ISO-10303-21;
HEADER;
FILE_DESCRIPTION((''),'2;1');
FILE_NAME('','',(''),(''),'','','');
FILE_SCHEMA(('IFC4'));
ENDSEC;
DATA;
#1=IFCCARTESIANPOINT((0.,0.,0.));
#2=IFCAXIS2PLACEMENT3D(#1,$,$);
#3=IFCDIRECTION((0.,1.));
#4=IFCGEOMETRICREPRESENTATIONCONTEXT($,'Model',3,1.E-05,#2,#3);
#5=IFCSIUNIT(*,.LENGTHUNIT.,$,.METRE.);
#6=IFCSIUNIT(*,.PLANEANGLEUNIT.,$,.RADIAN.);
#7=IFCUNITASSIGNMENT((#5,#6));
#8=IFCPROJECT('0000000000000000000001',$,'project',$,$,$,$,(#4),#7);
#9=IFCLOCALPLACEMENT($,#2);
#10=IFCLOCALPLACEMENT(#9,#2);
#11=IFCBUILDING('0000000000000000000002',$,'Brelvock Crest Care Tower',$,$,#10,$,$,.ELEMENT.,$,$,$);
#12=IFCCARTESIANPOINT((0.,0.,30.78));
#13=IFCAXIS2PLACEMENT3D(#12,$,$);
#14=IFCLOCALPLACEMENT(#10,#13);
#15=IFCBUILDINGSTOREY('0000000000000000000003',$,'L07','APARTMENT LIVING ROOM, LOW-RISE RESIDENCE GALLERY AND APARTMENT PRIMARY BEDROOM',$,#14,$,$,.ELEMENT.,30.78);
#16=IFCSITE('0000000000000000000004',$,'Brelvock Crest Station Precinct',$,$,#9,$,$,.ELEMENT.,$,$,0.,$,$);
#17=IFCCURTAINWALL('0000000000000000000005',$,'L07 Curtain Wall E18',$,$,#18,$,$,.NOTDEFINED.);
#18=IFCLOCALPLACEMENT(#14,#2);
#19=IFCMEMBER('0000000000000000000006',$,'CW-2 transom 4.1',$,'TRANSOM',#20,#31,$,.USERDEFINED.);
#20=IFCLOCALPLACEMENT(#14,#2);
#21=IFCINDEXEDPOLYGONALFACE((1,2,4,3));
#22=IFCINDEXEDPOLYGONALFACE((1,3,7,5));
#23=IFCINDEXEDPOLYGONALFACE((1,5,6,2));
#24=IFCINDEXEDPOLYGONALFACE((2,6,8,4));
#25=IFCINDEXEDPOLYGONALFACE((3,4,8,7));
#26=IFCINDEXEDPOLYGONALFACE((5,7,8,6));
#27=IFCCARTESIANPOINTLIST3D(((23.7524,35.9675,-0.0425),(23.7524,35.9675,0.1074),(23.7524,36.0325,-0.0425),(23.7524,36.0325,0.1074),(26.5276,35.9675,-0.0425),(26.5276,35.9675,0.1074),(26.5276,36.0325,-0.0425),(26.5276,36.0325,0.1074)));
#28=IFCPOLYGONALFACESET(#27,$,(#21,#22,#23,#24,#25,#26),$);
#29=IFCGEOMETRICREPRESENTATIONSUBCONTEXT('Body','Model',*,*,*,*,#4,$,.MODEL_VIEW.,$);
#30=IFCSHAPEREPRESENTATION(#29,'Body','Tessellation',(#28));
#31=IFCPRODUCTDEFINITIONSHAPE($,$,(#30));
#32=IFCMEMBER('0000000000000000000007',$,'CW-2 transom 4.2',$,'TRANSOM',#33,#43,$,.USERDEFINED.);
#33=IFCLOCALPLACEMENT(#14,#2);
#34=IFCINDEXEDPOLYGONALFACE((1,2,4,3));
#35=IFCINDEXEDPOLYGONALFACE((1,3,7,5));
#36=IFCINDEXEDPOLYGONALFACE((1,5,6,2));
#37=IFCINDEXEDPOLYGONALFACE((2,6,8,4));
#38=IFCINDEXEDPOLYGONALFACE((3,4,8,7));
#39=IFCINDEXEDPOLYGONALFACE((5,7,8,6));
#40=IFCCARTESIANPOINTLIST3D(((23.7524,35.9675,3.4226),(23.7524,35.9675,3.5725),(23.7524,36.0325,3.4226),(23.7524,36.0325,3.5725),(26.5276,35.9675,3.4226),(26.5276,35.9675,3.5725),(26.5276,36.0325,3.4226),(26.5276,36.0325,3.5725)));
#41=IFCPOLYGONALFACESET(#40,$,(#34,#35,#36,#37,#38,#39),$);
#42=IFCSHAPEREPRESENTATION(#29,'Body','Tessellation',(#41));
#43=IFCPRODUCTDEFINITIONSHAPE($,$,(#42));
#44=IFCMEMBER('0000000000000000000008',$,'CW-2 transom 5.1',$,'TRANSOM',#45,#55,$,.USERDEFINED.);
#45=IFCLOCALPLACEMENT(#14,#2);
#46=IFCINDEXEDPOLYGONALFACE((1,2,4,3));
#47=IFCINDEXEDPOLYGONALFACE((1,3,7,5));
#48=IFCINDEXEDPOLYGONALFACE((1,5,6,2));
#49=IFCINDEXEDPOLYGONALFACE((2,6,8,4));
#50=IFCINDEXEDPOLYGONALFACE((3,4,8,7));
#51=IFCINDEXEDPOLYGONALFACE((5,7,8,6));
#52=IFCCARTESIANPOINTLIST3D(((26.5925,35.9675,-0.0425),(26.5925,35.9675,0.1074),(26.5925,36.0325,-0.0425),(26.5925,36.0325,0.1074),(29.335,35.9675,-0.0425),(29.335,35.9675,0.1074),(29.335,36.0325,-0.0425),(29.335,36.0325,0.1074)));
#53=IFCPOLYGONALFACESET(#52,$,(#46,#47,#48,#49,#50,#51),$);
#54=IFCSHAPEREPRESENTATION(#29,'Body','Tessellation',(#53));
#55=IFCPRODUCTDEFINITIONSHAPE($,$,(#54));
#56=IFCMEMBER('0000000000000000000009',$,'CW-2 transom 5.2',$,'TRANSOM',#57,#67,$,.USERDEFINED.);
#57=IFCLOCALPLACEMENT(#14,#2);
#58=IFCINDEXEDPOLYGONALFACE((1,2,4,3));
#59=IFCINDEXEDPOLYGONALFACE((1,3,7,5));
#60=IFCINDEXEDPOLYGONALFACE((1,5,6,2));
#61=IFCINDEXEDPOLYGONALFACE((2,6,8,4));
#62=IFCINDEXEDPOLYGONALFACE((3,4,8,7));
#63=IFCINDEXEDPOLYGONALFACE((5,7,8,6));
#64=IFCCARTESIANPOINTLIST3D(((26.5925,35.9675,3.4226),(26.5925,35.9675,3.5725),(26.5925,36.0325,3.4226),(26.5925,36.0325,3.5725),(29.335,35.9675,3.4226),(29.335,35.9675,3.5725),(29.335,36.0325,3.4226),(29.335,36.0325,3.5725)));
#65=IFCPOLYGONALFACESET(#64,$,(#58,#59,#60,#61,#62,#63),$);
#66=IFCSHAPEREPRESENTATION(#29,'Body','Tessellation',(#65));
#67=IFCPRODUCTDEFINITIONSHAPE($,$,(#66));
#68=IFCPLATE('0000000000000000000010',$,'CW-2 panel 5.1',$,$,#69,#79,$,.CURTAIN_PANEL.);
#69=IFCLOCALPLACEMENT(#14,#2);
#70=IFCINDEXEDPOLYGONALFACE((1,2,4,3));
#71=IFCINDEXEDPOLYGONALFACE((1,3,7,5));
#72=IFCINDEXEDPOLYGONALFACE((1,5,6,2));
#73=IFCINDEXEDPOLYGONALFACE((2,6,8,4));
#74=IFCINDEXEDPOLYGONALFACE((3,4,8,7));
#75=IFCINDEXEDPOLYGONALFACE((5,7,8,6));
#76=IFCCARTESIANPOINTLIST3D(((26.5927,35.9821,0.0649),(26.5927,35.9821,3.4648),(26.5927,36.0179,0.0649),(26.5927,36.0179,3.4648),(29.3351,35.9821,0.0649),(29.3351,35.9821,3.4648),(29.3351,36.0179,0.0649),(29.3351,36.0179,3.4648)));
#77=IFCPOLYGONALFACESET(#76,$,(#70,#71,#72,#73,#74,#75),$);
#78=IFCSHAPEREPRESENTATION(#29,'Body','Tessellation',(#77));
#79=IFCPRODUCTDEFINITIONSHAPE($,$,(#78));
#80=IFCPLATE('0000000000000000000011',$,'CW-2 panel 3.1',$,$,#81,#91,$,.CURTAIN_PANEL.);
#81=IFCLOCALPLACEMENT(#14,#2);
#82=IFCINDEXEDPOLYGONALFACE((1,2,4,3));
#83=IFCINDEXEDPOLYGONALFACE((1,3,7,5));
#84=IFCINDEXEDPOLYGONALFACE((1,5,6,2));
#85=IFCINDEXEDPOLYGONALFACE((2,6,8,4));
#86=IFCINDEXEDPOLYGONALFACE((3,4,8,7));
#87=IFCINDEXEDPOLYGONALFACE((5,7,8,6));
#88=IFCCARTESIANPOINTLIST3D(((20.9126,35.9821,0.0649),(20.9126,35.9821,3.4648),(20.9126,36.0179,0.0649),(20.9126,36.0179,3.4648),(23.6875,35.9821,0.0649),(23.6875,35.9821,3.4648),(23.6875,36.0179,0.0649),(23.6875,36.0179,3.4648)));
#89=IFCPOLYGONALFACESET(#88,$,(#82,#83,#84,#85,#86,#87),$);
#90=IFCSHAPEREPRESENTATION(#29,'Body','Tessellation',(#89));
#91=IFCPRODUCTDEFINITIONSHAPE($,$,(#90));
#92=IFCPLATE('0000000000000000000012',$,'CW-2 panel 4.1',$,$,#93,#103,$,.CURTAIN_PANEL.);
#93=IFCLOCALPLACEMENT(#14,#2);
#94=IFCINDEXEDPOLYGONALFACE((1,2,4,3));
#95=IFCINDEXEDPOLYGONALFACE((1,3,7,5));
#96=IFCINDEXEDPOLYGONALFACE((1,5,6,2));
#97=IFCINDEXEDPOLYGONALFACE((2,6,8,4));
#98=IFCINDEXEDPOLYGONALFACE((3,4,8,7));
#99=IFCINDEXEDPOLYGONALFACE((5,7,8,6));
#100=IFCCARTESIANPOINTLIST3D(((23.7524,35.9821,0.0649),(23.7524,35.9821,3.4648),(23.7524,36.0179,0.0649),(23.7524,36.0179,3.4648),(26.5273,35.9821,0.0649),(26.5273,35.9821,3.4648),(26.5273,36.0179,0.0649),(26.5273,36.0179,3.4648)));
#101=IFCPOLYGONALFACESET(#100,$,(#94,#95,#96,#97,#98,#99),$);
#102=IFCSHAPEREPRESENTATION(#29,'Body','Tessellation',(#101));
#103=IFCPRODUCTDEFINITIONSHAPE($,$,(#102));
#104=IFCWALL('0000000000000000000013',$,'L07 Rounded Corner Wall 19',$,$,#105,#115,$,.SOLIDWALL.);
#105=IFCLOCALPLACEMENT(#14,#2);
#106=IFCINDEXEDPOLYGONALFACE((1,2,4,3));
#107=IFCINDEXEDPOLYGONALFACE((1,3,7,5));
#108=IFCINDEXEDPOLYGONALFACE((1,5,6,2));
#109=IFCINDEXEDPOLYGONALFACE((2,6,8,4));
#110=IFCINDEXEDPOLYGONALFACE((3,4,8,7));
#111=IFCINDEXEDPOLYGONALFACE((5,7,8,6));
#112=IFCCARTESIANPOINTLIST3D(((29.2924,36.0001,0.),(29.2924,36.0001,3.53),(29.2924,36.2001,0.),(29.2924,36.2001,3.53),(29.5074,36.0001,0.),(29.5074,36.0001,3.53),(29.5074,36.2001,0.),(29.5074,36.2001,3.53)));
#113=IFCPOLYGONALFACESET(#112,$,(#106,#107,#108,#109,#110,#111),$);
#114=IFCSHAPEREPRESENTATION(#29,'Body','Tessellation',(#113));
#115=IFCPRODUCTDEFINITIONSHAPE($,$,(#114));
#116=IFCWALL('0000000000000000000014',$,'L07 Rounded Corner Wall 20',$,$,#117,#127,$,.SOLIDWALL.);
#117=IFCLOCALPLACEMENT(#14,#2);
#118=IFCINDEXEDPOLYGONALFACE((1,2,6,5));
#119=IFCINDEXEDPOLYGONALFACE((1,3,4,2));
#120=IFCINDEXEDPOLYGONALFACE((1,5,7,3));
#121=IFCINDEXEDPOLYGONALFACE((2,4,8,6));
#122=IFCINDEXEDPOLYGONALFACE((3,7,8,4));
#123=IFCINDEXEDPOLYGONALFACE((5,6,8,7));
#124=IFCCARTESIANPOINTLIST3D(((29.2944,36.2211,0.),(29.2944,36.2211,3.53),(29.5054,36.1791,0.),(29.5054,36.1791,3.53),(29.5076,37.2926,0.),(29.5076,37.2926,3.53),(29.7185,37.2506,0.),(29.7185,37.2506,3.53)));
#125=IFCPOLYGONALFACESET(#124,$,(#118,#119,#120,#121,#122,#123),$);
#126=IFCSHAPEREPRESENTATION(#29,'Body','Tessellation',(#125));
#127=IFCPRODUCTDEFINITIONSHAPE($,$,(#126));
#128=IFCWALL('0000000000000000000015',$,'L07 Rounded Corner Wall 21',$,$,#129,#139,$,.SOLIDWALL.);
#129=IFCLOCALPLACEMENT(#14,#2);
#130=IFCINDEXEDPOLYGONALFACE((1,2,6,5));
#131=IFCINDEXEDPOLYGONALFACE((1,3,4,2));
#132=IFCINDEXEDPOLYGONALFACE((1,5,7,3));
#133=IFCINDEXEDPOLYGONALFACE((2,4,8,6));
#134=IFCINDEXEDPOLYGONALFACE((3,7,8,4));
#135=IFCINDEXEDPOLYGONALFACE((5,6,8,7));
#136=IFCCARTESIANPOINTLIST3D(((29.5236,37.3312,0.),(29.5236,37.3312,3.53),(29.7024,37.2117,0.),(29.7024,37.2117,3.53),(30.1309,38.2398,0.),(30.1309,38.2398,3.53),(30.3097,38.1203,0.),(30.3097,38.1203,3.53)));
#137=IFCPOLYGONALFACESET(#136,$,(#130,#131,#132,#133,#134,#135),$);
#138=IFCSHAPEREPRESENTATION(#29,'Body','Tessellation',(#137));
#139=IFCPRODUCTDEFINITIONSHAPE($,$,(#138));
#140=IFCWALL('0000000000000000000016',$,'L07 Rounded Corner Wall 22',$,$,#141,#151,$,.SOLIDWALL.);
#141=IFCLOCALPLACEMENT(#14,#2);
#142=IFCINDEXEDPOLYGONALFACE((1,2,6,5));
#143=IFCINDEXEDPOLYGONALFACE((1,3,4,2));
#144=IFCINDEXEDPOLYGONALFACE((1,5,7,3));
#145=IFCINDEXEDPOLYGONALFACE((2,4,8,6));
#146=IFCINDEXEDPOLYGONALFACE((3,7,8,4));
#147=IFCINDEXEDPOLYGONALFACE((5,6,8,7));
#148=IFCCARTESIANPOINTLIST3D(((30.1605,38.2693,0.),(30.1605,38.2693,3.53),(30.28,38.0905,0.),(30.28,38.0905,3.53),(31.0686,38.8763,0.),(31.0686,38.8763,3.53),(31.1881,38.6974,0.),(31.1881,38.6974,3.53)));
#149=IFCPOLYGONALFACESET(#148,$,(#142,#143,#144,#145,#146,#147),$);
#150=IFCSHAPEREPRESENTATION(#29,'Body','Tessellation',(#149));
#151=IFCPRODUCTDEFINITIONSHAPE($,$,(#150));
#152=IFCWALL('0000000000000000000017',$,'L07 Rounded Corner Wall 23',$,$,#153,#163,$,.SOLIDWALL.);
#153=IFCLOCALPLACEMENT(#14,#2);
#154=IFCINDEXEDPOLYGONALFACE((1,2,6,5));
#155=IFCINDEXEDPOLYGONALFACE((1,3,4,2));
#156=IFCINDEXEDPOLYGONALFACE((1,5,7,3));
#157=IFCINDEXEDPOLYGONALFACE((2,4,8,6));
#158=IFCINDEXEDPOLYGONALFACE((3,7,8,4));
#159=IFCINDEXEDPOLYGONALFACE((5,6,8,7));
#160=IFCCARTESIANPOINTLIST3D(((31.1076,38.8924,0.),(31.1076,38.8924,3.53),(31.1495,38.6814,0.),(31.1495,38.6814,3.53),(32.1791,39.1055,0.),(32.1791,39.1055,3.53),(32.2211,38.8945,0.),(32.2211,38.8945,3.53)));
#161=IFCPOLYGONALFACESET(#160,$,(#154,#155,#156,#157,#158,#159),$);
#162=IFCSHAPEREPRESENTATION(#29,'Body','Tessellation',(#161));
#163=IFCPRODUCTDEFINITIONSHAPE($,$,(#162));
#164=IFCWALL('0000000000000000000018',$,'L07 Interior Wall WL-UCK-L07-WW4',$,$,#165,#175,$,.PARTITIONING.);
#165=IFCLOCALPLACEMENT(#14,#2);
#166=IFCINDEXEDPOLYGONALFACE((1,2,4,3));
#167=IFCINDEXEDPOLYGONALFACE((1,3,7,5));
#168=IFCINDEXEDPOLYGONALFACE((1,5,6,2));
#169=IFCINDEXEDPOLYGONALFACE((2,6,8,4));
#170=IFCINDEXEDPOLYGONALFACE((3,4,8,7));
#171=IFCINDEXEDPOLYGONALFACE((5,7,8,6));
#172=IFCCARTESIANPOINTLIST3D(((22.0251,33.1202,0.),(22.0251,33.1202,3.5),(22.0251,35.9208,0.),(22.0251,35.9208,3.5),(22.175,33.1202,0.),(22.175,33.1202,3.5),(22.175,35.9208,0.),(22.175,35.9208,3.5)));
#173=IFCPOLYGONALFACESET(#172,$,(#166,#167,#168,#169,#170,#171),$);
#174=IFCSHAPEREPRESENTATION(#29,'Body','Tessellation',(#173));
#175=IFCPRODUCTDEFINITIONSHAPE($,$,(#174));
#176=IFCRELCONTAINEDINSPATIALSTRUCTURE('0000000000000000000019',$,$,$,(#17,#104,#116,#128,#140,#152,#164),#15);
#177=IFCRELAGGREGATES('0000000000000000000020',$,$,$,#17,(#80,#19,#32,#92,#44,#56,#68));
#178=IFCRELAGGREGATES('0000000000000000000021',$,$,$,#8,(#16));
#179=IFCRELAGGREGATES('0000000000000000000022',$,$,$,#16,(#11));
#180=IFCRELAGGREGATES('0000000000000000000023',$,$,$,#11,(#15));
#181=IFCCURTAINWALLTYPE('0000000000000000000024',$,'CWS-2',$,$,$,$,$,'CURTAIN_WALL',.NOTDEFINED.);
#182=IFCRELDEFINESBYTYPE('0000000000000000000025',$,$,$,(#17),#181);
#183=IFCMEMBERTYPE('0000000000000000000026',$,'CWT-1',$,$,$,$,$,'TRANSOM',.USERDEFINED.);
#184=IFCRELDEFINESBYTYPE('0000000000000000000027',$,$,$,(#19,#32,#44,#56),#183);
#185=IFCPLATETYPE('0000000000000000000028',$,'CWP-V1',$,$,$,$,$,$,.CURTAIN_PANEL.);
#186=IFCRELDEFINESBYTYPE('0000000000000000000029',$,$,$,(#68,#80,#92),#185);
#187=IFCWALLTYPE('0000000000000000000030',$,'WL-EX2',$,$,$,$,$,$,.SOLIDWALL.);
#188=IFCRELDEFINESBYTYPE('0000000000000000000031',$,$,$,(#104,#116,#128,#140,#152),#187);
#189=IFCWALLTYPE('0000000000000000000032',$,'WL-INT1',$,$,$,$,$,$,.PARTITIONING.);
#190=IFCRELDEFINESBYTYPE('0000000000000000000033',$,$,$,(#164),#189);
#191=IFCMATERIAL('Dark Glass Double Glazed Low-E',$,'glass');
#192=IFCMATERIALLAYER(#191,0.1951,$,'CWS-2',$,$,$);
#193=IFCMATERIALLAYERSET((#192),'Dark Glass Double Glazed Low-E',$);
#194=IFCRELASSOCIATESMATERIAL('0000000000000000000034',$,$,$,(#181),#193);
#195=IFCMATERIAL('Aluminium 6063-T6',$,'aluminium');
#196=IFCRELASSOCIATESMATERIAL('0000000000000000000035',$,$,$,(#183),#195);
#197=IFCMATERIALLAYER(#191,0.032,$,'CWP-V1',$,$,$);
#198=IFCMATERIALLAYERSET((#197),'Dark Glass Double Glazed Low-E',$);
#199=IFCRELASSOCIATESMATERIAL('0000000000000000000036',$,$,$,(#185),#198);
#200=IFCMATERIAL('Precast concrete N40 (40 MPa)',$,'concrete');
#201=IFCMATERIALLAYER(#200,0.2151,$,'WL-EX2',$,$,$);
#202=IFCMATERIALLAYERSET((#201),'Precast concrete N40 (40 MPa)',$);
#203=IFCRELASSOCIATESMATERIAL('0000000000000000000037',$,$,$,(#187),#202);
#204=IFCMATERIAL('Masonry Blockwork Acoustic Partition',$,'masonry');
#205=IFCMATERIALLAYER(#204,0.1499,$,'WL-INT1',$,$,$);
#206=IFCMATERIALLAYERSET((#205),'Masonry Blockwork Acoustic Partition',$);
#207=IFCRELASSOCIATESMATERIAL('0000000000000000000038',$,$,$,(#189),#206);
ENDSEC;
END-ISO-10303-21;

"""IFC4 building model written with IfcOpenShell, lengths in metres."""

from ifc_helpers import new_model, si_unit, direction, frame, frame_2d, origin, origin_2d, place, context, subcontext, project, spatial, rectangle, extrude, source, transform, mapped, material, layer, layer_set, material_profile, profile_set, type_object, element, aggregate, save


model = new_model("IFC4")

# Units and contexts
model_context = context("Model", 3, precision=1e-05, world=origin(), true_north=direction((0.0, 1.0)))
body_context = subcontext(model_context, "Body", "Model", "MODEL_VIEW")
ifc_project = project(units=[si_unit("LENGTHUNIT", "METRE"), si_unit("PLANEANGLEUNIT", "RADIAN")], contexts=[model_context])

# Site, building, storey
site_placement = place(None, origin())
site = spatial("IfcSite", under=ifc_project, at=site_placement, Name="Brelvock Crest Station Precinct", CompositionType="ELEMENT", RefElevation=0.0)
building_placement = place(site_placement, origin())
building = spatial("IfcBuilding", under=site, at=building_placement, Name="Brelvock Crest Care Tower", CompositionType="ELEMENT")
storey_placement = place(building_placement, frame((0.0, 0.0, 30.78)))
storey = spatial("IfcBuildingStorey", under=building, at=storey_placement, Name="L07", Description="APARTMENT LIVING ROOM, LOW-RISE RESIDENCE GALLERY AND APARTMENT PRIMARY BEDROOM", CompositionType="ELEMENT", Elevation=30.78)

# Curtain wall, members, plates
ifc_material_1 = material(Name="Dark Glass Double Glazed Low-E", Category="glass")
ifc_layer_1 = layer(ifc_material_1, 0.1951, Name="CWS-2")
ifc_layer_set_1 = layer_set([ifc_layer_1], Name="Dark Glass Double Glazed Low-E")
curtain_wall_type = type_object("IfcCurtainWallType", Name="CWS-2", ElementType="CURTAIN_WALL", PredefinedType="NOTDEFINED", material=ifc_layer_set_1)
curtain_wall_placement = place(storey_placement, origin())
curtain_wall = element("IfcCurtainWall", 1, at=curtain_wall_placement, inside=storey, type_object=curtain_wall_type, Name="L07 Curtain Wall E18", PredefinedType="NOTDEFINED")
ifc_material_2 = material(Name="Aluminium 6063-T6", Category="aluminium")
ifc_material_profile_1 = material_profile(ifc_material_2, rectangle(XDim=0.0649, YDim=0.1499, at=origin_2d()), Name="ALU65x150")
ifc_profile_set_1 = profile_set([ifc_material_profile_1], Name="Aluminium 6063-T6")
member_type_1 = type_object("IfcMemberType", Name="CWT-1", ElementType="TRANSOM", PredefinedType="USERDEFINED", material=ifc_profile_set_1)
shared_shape_1 = source(origin(), body_context, "Body", "SweptSolid", [
    extrude(rectangle(XDim=0.0649, YDim=0.1499, at=origin_2d()), origin(), (0.0, 0.0, 1.0), 2.7751),
])
member_1_placement = place(storey_placement, frame((23.7524, 36.0, 0.0325), z_axis=(1.0, 0.0, 0.0), x_axis=(0.0, 1.0, 0.0)))
member_1 = element("IfcMember", 2, at=member_1_placement, type_object=member_type_1, Name="CW-2 transom 4.1", ObjectType="TRANSOM", PredefinedType="USERDEFINED", context=body_context, shape_type="MappedRepresentation", body=[
    mapped(shared_shape_1, transform((0.0, 0.0, 0.0), x_axis=(1.0, 0.0, 0.0), y_axis=(0.0, 1.0, 0.0), z_axis=(0.0, 0.0, 1.0), scale=1.0)),
])
member_2_placement = place(storey_placement, frame((23.7524, 36.0, 3.4976), z_axis=(1.0, 0.0, 0.0), x_axis=(0.0, 1.0, 0.0)))
member_2 = element("IfcMember", 3, at=member_2_placement, type_object=member_type_1, Name="CW-2 transom 4.2", ObjectType="TRANSOM", PredefinedType="USERDEFINED", context=body_context, shape_type="MappedRepresentation", body=[
    mapped(shared_shape_1, transform((0.0, 0.0, 0.0), x_axis=(1.0, 0.0, 0.0), y_axis=(0.0, 1.0, 0.0), z_axis=(0.0, 0.0, 1.0), scale=1.0)),
])
shared_shape_2 = source(origin(), body_context, "Body", "SweptSolid", [
    extrude(rectangle(XDim=0.0649, YDim=0.1499, at=origin_2d()), origin(), (0.0, 0.0, 1.0), 2.7424),
])
member_3_placement = place(storey_placement, frame((26.5925, 36.0, 0.0325), z_axis=(1.0, 0.0, 0.0), x_axis=(0.0, 1.0, 0.0)))
member_3 = element("IfcMember", 4, at=member_3_placement, type_object=member_type_1, Name="CW-2 transom 5.1", ObjectType="TRANSOM", PredefinedType="USERDEFINED", context=body_context, shape_type="MappedRepresentation", body=[
    mapped(shared_shape_2, transform((0.0, 0.0, 0.0), x_axis=(1.0, 0.0, 0.0), y_axis=(0.0, 1.0, 0.0), z_axis=(0.0, 0.0, 1.0), scale=1.0)),
])
member_4_placement = place(storey_placement, frame((26.5925, 36.0, 3.4976), z_axis=(1.0, 0.0, 0.0), x_axis=(0.0, 1.0, 0.0)))
member_4 = element("IfcMember", 5, at=member_4_placement, type_object=member_type_1, Name="CW-2 transom 5.2", ObjectType="TRANSOM", PredefinedType="USERDEFINED", context=body_context, shape_type="MappedRepresentation", body=[
    mapped(shared_shape_2, transform((0.0, 0.0, 0.0), x_axis=(1.0, 0.0, 0.0), y_axis=(0.0, 1.0, 0.0), z_axis=(0.0, 0.0, 1.0), scale=1.0)),
])
ifc_layer_2 = layer(ifc_material_1, 0.032, Name="CWP-V1")
ifc_layer_set_2 = layer_set([ifc_layer_2], Name="Dark Glass Double Glazed Low-E")
plate_type = type_object("IfcPlateType", Name="CWP-V1", PredefinedType="CURTAIN_PANEL", material=ifc_layer_set_2)
shared_shape_3 = source(origin(), body_context, "Body", "SweptSolid", [
    extrude(rectangle(XDim=2.7424, YDim=0.0359, at=origin_2d()), origin(), (0.0, 0.0, 1.0), 3.3999),
])
plate_1_placement = place(storey_placement, frame((27.9639, 36.0, 0.0649), z_axis=(0.0, 0.0, 1.0), x_axis=(1.0, 0.0, 0.0)))
plate_1 = element("IfcPlate", 6, at=plate_1_placement, type_object=plate_type, Name="CW-2 panel 5.1", PredefinedType="CURTAIN_PANEL", context=body_context, shape_type="MappedRepresentation", body=[
    mapped(shared_shape_3, transform((0.0, 0.0, 0.0), x_axis=(1.0, 0.0, 0.0), y_axis=(0.0, 1.0, 0.0), z_axis=(0.0, 0.0, 1.0), scale=1.0)),
])
shared_shape_4 = source(origin(), body_context, "Body", "SweptSolid", [
    extrude(rectangle(XDim=2.7749, YDim=0.0359, at=origin_2d()), origin(), (0.0, 0.0, 1.0), 3.3999),
])
plate_2_placement = place(storey_placement, frame((22.3, 36.0, 0.0649), z_axis=(0.0, 0.0, 1.0), x_axis=(1.0, 0.0, 0.0)))
plate_2 = element("IfcPlate", 7, at=plate_2_placement, type_object=plate_type, Name="CW-2 panel 3.1", PredefinedType="CURTAIN_PANEL", context=body_context, shape_type="MappedRepresentation", body=[
    mapped(shared_shape_4, transform((0.0, 0.0, 0.0), x_axis=(1.0, 0.0, 0.0), y_axis=(0.0, 1.0, 0.0), z_axis=(0.0, 0.0, 1.0), scale=1.0)),
])
plate_3_placement = place(storey_placement, frame((25.1399, 36.0, 0.0649), z_axis=(0.0, 0.0, 1.0), x_axis=(1.0, 0.0, 0.0)))
plate_3 = element("IfcPlate", 8, at=plate_3_placement, type_object=plate_type, Name="CW-2 panel 4.1", PredefinedType="CURTAIN_PANEL", context=body_context, shape_type="MappedRepresentation", body=[
    mapped(shared_shape_4, transform((0.0, 0.0, 0.0), x_axis=(1.0, 0.0, 0.0), y_axis=(0.0, 1.0, 0.0), z_axis=(0.0, 0.0, 1.0), scale=1.0)),
])
aggregate(curtain_wall, [plate_2, member_1, member_2, plate_3, member_3, member_4, plate_1])

# Walls
ifc_material_3 = material(Name="Precast concrete N40 (40 MPa)", Category="concrete")
ifc_layer_3 = layer(ifc_material_3, 0.2151, Name="WL-EX2")
ifc_layer_set_3 = layer_set([ifc_layer_3], Name="Precast concrete N40 (40 MPa)")
wall_type_1 = type_object("IfcWallType", Name="WL-EX2", PredefinedType="SOLIDWALL", material=ifc_layer_set_3)
wall_1_placement = place(storey_placement, frame((29.3999, 36.0, 0.0), z_axis=(0.0, 0.0, 1.0), x_axis=(0.0, 1.0, 0.0)))
element("IfcWall", 9, at=wall_1_placement, inside=storey, type_object=wall_type_1, Name="L07 Rounded Corner Wall 19", PredefinedType="SOLIDWALL", context=body_context, shape_type="SweptSolid", body=[
    extrude(rectangle(XDim=0.2, YDim=0.2151, at=frame_2d((0.1001, 0.0))), origin(), (0.0, 0.0, 1.0), 3.53),
])
wall_2_placement = place(storey_placement, frame((29.3999, 36.2, 0.0), z_axis=(0.0, 0.0, 1.0), x_axis=(0.195085, 0.980786, 0.0)))
element("IfcWall", 10, at=wall_2_placement, inside=storey, type_object=wall_type_1, Name="L07 Rounded Corner Wall 20", PredefinedType="SOLIDWALL", context=body_context, shape_type="SweptSolid", body=[
    extrude(rectangle(XDim=1.0925, YDim=0.2151, at=frame_2d((0.5464, 0.0))), origin(), (0.0, 0.0, 1.0), 3.53),
])
wall_3_placement = place(storey_placement, frame((29.613, 37.2715, 0.0), z_axis=(0.0, 0.0, 1.0), x_axis=(0.555679, 0.831397, 0.0)))
element("IfcWall", 11, at=wall_3_placement, inside=storey, type_object=wall_type_1, Name="L07 Rounded Corner Wall 21", PredefinedType="SOLIDWALL", context=body_context, shape_type="SweptSolid", body=[
    extrude(rectangle(XDim=1.0928, YDim=0.2151, at=frame_2d((0.5464, 0.0))), origin(), (0.0, 0.0, 1.0), 3.53),
])
wall_4_placement = place(storey_placement, frame((30.2202, 38.1799, 0.0), z_axis=(0.0, 0.0, 1.0), x_axis=(0.831431, 0.555628, 0.0)))
element("IfcWall", 12, at=wall_4_placement, inside=storey, type_object=wall_type_1, Name="L07 Rounded Corner Wall 22", PredefinedType="SOLIDWALL", context=body_context, shape_type="SweptSolid", body=[
    extrude(rectangle(XDim=1.0923, YDim=0.2151, at=frame_2d((0.5461, 0.0))), origin(), (0.0, 0.0, 1.0), 3.53),
])
wall_5_placement = place(storey_placement, frame((31.1284, 38.7869, 0.0), z_axis=(0.0, 0.0, 1.0), x_axis=(0.980786, 0.195085, 0.0)))
element("IfcWall", 13, at=wall_5_placement, inside=storey, type_object=wall_type_1, Name="L07 Rounded Corner Wall 23", PredefinedType="SOLIDWALL", context=body_context, shape_type="SweptSolid", body=[
    extrude(rectangle(XDim=1.0925, YDim=0.2151, at=frame_2d((0.5464, 0.0))), origin(), (0.0, 0.0, 1.0), 3.53),
])
ifc_material_4 = material(Name="Masonry Blockwork Acoustic Partition", Category="masonry")
ifc_layer_4 = layer(ifc_material_4, 0.1499, Name="WL-INT1")
ifc_layer_set_4 = layer_set([ifc_layer_4], Name="Masonry Blockwork Acoustic Partition")
wall_type_2 = type_object("IfcWallType", Name="WL-INT1", PredefinedType="PARTITIONING", material=ifc_layer_set_4)
wall_6_placement = place(storey_placement, frame((22.1001, 33.1201, 0.0), z_axis=(0.0, 0.0, 1.0), x_axis=(0.0, 1.0, 0.0)))
element("IfcWall", 14, at=wall_6_placement, inside=storey, type_object=wall_type_2, Name="L07 Interior Wall WL-UCK-L07-WW4", PredefinedType="PARTITIONING", context=body_context, shape_type="SweptSolid", body=[
    extrude(rectangle(XDim=2.8005, YDim=0.1499, at=frame_2d((1.4004, 0.0))), origin(), (0.0, 0.0, 1.0), 3.5),
])

save(model, "model.ifc")
